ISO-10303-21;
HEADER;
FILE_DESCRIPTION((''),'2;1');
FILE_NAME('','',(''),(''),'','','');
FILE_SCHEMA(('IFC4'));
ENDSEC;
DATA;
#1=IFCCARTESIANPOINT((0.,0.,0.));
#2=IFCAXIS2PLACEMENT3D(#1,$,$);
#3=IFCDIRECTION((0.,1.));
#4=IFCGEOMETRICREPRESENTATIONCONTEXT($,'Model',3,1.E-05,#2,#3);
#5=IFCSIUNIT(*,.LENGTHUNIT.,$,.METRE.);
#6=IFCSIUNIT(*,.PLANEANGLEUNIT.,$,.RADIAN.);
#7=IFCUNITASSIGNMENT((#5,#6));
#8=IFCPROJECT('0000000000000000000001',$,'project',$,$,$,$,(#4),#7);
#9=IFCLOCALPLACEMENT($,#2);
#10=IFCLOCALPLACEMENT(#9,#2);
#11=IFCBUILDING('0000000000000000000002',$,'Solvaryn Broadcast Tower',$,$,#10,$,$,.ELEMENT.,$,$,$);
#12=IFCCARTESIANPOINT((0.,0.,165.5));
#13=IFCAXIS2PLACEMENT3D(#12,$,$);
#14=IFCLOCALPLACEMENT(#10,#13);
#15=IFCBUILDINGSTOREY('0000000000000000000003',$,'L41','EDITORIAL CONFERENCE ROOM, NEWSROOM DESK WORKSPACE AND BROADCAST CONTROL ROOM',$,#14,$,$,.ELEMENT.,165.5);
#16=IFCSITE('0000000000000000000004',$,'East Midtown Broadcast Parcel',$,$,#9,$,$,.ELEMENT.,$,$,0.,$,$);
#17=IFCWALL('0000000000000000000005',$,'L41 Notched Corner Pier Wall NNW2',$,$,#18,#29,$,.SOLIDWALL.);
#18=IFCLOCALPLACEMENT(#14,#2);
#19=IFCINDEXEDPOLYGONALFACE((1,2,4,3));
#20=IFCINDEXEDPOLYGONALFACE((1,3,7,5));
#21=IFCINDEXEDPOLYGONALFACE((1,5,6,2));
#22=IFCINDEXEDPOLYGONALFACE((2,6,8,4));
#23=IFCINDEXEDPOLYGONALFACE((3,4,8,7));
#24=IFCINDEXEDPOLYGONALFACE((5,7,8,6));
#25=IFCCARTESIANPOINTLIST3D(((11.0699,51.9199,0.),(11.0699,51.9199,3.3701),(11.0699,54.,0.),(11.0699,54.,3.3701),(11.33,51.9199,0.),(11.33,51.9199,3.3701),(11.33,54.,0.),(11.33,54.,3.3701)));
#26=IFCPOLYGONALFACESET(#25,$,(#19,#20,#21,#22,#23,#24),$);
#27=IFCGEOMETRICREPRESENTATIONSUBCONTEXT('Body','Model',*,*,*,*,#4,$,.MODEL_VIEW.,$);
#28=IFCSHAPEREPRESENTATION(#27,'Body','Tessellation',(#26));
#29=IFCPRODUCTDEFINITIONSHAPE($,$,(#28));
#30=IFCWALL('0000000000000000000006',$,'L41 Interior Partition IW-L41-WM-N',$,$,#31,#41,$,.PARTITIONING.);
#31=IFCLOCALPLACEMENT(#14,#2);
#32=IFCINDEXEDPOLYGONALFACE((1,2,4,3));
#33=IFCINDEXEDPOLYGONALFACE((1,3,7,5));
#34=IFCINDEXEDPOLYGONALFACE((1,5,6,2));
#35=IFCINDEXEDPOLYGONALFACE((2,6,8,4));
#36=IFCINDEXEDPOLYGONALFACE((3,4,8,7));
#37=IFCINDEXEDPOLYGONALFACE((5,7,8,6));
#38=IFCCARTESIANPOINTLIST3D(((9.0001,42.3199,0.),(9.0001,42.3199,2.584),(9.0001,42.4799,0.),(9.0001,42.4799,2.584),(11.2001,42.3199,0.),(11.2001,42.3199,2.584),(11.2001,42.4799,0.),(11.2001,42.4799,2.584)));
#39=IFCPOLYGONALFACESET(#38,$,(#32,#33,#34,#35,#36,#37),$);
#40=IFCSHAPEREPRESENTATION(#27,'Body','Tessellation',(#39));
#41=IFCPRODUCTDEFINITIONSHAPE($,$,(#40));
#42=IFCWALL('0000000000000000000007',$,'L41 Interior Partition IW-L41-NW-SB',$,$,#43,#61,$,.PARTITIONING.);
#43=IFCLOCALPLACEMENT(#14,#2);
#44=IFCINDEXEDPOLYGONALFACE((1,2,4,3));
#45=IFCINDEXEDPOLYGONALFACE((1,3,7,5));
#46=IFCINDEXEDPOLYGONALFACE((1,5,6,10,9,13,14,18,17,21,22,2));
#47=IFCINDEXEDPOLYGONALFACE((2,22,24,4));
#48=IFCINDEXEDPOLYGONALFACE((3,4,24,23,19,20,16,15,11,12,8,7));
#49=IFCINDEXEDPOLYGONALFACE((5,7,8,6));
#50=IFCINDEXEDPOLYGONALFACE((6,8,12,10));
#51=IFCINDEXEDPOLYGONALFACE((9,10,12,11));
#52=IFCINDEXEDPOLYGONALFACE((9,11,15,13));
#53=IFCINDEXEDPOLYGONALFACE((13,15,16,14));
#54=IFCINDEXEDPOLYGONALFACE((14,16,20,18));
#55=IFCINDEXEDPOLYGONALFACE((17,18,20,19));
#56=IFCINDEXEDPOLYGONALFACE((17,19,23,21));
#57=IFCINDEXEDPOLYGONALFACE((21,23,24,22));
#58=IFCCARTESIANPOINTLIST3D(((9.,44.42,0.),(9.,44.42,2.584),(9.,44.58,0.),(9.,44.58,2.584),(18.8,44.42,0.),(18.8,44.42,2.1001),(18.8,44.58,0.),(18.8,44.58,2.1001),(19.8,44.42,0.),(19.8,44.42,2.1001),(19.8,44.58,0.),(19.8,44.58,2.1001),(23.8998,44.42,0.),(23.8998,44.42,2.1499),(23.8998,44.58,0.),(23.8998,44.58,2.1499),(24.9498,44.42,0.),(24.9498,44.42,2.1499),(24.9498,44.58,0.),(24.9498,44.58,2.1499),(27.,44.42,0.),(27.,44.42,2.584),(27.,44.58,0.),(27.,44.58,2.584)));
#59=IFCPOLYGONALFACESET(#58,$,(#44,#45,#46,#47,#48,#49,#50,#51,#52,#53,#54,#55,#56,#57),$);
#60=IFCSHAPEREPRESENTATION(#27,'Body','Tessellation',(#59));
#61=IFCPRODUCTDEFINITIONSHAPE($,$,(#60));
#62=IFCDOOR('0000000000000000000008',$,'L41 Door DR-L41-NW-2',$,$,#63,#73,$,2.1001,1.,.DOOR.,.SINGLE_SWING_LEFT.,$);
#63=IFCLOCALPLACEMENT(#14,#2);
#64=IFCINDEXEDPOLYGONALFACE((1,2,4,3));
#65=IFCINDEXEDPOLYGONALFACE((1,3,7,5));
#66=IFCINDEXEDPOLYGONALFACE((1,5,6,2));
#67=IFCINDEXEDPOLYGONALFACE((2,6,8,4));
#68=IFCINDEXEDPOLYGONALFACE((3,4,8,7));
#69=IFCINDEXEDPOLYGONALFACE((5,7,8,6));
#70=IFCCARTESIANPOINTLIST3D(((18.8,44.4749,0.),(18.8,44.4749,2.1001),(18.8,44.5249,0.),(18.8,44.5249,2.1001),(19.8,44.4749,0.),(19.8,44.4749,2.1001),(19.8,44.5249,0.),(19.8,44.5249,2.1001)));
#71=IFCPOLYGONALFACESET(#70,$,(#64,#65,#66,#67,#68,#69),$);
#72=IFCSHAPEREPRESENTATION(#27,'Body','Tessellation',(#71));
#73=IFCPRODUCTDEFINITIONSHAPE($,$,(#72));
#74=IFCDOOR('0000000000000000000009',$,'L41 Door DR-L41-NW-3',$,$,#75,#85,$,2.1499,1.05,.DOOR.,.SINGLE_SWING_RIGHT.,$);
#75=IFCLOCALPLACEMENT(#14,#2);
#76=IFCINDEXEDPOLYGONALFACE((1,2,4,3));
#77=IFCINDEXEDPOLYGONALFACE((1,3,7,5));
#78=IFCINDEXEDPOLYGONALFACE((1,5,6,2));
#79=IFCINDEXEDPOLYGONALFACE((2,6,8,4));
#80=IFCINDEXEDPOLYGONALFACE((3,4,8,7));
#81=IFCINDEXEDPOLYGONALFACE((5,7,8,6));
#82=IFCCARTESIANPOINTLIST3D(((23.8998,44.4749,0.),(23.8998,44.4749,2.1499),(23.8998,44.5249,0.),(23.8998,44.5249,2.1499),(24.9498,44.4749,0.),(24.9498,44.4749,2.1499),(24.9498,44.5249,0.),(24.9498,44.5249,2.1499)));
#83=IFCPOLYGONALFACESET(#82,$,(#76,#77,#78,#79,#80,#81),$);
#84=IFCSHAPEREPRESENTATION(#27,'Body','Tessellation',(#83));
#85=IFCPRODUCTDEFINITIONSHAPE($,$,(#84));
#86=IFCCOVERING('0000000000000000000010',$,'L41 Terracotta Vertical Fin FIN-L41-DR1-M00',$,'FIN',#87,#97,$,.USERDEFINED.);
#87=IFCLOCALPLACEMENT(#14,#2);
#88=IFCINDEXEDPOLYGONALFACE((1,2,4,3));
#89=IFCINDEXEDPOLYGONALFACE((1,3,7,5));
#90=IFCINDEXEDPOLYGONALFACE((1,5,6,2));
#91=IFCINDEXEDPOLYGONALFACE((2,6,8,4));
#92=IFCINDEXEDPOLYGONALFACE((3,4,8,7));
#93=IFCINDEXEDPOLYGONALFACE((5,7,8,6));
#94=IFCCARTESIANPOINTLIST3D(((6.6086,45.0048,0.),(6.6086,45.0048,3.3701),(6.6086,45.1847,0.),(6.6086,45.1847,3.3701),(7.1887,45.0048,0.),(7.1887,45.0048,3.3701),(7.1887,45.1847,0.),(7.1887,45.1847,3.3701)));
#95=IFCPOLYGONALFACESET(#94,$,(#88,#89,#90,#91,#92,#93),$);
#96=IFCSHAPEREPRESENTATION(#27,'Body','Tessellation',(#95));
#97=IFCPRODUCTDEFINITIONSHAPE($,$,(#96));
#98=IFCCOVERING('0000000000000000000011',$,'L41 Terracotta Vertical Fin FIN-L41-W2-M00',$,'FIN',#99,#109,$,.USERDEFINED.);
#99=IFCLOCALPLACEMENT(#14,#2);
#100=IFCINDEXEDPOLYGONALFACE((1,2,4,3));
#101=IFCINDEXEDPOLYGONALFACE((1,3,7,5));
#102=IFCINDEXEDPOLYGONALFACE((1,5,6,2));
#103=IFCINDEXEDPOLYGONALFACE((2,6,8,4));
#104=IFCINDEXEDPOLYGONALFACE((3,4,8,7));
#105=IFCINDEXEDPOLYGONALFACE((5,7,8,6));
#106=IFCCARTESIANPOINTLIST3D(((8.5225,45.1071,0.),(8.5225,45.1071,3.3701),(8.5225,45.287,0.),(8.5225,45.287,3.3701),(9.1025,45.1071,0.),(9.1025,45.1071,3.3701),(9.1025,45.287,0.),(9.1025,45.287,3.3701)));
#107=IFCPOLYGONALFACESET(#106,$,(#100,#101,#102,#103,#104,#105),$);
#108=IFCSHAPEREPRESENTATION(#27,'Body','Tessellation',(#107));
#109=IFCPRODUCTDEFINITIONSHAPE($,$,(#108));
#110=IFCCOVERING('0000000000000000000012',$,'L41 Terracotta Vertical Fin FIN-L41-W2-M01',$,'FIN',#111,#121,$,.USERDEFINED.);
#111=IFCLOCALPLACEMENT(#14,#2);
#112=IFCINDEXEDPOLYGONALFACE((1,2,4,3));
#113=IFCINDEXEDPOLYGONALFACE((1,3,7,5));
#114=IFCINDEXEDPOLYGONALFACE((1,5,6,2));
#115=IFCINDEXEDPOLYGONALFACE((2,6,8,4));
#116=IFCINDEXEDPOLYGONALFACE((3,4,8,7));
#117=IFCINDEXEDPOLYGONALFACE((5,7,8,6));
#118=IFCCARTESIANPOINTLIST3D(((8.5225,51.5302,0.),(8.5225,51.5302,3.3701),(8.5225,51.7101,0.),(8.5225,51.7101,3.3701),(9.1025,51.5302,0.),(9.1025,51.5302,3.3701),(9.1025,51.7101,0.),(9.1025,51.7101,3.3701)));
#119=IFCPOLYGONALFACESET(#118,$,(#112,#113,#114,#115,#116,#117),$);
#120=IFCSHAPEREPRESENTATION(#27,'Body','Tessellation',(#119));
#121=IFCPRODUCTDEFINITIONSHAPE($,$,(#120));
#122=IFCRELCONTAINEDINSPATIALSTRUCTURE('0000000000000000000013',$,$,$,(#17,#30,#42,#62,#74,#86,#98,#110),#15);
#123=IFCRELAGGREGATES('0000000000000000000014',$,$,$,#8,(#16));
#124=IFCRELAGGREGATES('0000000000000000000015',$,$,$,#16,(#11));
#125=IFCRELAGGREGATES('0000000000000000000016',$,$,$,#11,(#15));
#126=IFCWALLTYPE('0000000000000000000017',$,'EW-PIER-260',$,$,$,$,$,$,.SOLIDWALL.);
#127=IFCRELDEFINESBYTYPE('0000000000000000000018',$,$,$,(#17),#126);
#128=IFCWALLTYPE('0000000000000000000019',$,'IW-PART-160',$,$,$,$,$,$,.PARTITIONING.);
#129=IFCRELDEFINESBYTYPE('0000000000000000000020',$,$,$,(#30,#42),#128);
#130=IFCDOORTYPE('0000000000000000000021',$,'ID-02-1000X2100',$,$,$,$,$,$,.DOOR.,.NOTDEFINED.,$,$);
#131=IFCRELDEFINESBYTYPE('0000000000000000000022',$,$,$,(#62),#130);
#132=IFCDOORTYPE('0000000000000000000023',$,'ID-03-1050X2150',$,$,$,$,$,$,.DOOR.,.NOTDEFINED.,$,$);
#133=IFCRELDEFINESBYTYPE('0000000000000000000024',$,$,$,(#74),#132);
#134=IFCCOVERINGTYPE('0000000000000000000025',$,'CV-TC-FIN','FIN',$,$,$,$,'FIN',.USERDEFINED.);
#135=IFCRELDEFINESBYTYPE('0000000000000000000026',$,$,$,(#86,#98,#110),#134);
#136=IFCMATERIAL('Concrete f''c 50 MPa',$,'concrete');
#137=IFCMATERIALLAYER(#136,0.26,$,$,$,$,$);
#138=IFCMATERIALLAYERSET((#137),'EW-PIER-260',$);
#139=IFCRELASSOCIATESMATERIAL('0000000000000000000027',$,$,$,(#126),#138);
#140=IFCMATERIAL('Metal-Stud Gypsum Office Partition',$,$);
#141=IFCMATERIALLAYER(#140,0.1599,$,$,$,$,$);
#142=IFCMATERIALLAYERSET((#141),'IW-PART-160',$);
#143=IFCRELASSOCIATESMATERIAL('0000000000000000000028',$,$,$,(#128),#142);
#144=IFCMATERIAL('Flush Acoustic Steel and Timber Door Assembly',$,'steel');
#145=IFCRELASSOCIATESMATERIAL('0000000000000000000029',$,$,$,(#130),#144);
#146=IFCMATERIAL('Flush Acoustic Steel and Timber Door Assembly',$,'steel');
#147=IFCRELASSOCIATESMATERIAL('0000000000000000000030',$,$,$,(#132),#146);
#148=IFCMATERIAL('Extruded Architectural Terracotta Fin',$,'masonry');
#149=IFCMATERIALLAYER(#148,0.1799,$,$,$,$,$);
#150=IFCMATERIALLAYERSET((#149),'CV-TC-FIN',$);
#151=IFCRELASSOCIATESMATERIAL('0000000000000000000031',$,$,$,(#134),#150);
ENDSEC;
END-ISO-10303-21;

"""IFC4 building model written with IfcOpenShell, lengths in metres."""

from ifc_helpers import new_model, si_unit, direction, frame, frame_2d, origin, origin_2d, place, context, subcontext, project, spatial, rectangle, extrude, material, layer, layer_set, type_object, element, fill, save


model = new_model("IFC4")

# Units and contexts
model_context = context("Model", 3, precision=1e-05, world=origin(), true_north=direction((0.0, 1.0)))
body_context = subcontext(model_context, "Body", "Model", "MODEL_VIEW")
ifc_project = project(units=[si_unit("LENGTHUNIT", "METRE"), si_unit("PLANEANGLEUNIT", "RADIAN")], contexts=[model_context])

# Site, building, storey
site_placement = place(None, origin())
site = spatial("IfcSite", under=ifc_project, at=site_placement, Name="East Midtown Broadcast Parcel", CompositionType="ELEMENT", RefElevation=0.0)
building_placement = place(site_placement, origin())
building = spatial("IfcBuilding", under=site, at=building_placement, Name="Solvaryn Broadcast Tower", CompositionType="ELEMENT")
storey_placement = place(building_placement, frame((0.0, 0.0, 165.5)))
storey = spatial("IfcBuildingStorey", under=building, at=storey_placement, Name="L41", Description="EDITORIAL CONFERENCE ROOM, NEWSROOM DESK WORKSPACE AND BROADCAST CONTROL ROOM", CompositionType="ELEMENT", Elevation=165.5)

# Walls
ifc_material_1 = material(Name="Concrete f'c 50 MPa", Category="concrete")
ifc_layer_1 = layer(ifc_material_1, 0.26)
ifc_layer_set_1 = layer_set([ifc_layer_1], Name="EW-PIER-260")
wall_type_1 = type_object("IfcWallType", Name="EW-PIER-260", PredefinedType="SOLIDWALL", material=ifc_layer_set_1)
wall_1_placement = place(storey_placement, frame((11.2, 51.9199, 0.0), z_axis=(0.0, 0.0, 1.0), x_axis=(0.0, 1.0, 0.0)))
element("IfcWall", 1, at=wall_1_placement, inside=storey, type_object=wall_type_1, Name="L41 Notched Corner Pier Wall NNW2", PredefinedType="SOLIDWALL", context=body_context, shape_type="SweptSolid", body=[
    extrude(rectangle(XDim=2.0801, YDim=0.26, at=frame_2d((1.04, 0.0))), origin(), (0.0, 0.0, 1.0), 3.3701),
])
ifc_material_2 = material(Name="Metal-Stud Gypsum Office Partition")
ifc_layer_2 = layer(ifc_material_2, 0.1599)
ifc_layer_set_2 = layer_set([ifc_layer_2], Name="IW-PART-160")
wall_type_2 = type_object("IfcWallType", Name="IW-PART-160", PredefinedType="PARTITIONING", material=ifc_layer_set_2)
wall_2_placement = place(storey_placement, frame((9.0, 42.3999, 0.0), z_axis=(0.0, 0.0, 1.0), x_axis=(1.0, 0.0, 0.0)))
element("IfcWall", 2, at=wall_2_placement, inside=storey, type_object=wall_type_2, Name="L41 Interior Partition IW-L41-WM-N", PredefinedType="PARTITIONING", context=body_context, shape_type="SweptSolid", body=[
    extrude(rectangle(XDim=2.2, YDim=0.1599, at=frame_2d((1.1001, 0.0))), origin(), (0.0, 0.0, 1.0), 2.584),
])

# Wall, openings, doors
wall_3_placement = place(storey_placement, frame((9.0, 44.5, 0.0), z_axis=(0.0, 0.0, 1.0), x_axis=(1.0, 0.0, 0.0)))
wall_3 = element("IfcWall", 3, at=wall_3_placement, inside=storey, type_object=wall_type_2, Name="L41 Interior Partition IW-L41-NW-SB", PredefinedType="PARTITIONING", context=body_context, shape_type="SweptSolid", body=[
    extrude(rectangle(XDim=18.0, YDim=0.1599, at=frame_2d((9.0, 0.0))), origin(), (0.0, 0.0, 1.0), 2.584),
])
opening_1_placement = place(wall_3_placement, frame((9.8, 0.0, 0.0)))
opening_1 = element("IfcOpeningElement", 4, at=opening_1_placement, cuts=wall_3, PredefinedType="OPENING", context=body_context, shape_type="SweptSolid", body=[
    extrude(rectangle(XDim=1.0, YDim=2.1001, at=frame_2d((0.5, 1.05))), frame((0.0, 0.0901, 0.0), z_axis=(0.0, -1.0, 0.0), x_axis=(1.0, 0.0, 0.0)), (0.0, 0.0, 1.0), 0.1799),
])
opening_2_placement = place(wall_3_placement, frame((14.8999, 0.0, 0.0)))
opening_2 = element("IfcOpeningElement", 5, at=opening_2_placement, cuts=wall_3, PredefinedType="OPENING", context=body_context, shape_type="SweptSolid", body=[
    extrude(rectangle(XDim=1.05, YDim=2.1499, at=frame_2d((0.5249, 1.075))), frame((0.0, 0.0901, 0.0), z_axis=(0.0, -1.0, 0.0), x_axis=(1.0, 0.0, 0.0)), (0.0, 0.0, 1.0), 0.1799),
])
ifc_material_3 = material(Name="Flush Acoustic Steel and Timber Door Assembly", Category="steel")
door_type_1 = type_object("IfcDoorType", Name="ID-02-1000X2100", OperationType="NOTDEFINED", PredefinedType="DOOR", material=ifc_material_3)
door_1_placement = place(opening_1_placement, origin())
door_1 = element("IfcDoor", 6, at=door_1_placement, inside=storey, type_object=door_type_1, Name="L41 Door DR-L41-NW-2", OperationType="SINGLE_SWING_LEFT", OverallHeight=2.1001, OverallWidth=1.0, PredefinedType="DOOR", context=body_context, shape_type="SweptSolid", body=[
    extrude(rectangle(XDim=1.0, YDim=2.1001, at=frame_2d((0.5, 1.05))), frame((0.0, 0.0249, 0.0), z_axis=(0.0, -1.0, 0.0), x_axis=(1.0, 0.0, 0.0)), (0.0, 0.0, 1.0), 0.05),
])
fill(opening_1, door_1)
ifc_material_4 = material(Name="Flush Acoustic Steel and Timber Door Assembly", Category="steel")
door_type_2 = type_object("IfcDoorType", Name="ID-03-1050X2150", OperationType="NOTDEFINED", PredefinedType="DOOR", material=ifc_material_4)
door_2_placement = place(opening_2_placement, origin())
door_2 = element("IfcDoor", 7, at=door_2_placement, inside=storey, type_object=door_type_2, Name="L41 Door DR-L41-NW-3", OperationType="SINGLE_SWING_RIGHT", OverallHeight=2.1499, OverallWidth=1.05, PredefinedType="DOOR", context=body_context, shape_type="SweptSolid", body=[
    extrude(rectangle(XDim=1.05, YDim=2.1499, at=frame_2d((0.5249, 1.075))), frame((0.0, 0.0249, 0.0), z_axis=(0.0, -1.0, 0.0), x_axis=(1.0, 0.0, 0.0)), (0.0, 0.0, 1.0), 0.05),
])
fill(opening_2, door_2)

# Coverings
ifc_material_5 = material(Name="Extruded Architectural Terracotta Fin", Category="masonry")
ifc_layer_3 = layer(ifc_material_5, 0.1799)
ifc_layer_set_3 = layer_set([ifc_layer_3], Name="CV-TC-FIN")
covering_type = type_object("IfcCoveringType", Name="CV-TC-FIN", Description="FIN", ElementType="FIN", PredefinedType="USERDEFINED", material=ifc_layer_set_3)
for number, where, z_axis, x_axis, name in (
    (8, (6.8987, 45.0947, 0.0), (0.0, 0.0, 1.0), (1.0, 0.0, 0.0), "L41 Terracotta Vertical Fin FIN-L41-DR1-M00"),
    (9, (8.8125, 45.197, 0.0), (0.0, 0.0, 1.0), (1.0, 0.0, 0.0), "L41 Terracotta Vertical Fin FIN-L41-W2-M00"),
    (10, (8.8125, 51.6201, 0.0), (0.0, 0.0, 1.0), (1.0, 0.0, 0.0), "L41 Terracotta Vertical Fin FIN-L41-W2-M01"),
):
    element("IfcCovering", number, at=place(storey_placement, frame(where, z_axis=z_axis, x_axis=x_axis)), inside=storey, type_object=covering_type, Name=name, ObjectType="FIN", PredefinedType="USERDEFINED", context=body_context, shape_type="SweptSolid", body=[
        extrude(rectangle(XDim=0.5801, YDim=0.1799, at=origin_2d()), origin(), (0.0, 0.0, 1.0), 3.3701),
    ])

save(model, "model.ifc")
